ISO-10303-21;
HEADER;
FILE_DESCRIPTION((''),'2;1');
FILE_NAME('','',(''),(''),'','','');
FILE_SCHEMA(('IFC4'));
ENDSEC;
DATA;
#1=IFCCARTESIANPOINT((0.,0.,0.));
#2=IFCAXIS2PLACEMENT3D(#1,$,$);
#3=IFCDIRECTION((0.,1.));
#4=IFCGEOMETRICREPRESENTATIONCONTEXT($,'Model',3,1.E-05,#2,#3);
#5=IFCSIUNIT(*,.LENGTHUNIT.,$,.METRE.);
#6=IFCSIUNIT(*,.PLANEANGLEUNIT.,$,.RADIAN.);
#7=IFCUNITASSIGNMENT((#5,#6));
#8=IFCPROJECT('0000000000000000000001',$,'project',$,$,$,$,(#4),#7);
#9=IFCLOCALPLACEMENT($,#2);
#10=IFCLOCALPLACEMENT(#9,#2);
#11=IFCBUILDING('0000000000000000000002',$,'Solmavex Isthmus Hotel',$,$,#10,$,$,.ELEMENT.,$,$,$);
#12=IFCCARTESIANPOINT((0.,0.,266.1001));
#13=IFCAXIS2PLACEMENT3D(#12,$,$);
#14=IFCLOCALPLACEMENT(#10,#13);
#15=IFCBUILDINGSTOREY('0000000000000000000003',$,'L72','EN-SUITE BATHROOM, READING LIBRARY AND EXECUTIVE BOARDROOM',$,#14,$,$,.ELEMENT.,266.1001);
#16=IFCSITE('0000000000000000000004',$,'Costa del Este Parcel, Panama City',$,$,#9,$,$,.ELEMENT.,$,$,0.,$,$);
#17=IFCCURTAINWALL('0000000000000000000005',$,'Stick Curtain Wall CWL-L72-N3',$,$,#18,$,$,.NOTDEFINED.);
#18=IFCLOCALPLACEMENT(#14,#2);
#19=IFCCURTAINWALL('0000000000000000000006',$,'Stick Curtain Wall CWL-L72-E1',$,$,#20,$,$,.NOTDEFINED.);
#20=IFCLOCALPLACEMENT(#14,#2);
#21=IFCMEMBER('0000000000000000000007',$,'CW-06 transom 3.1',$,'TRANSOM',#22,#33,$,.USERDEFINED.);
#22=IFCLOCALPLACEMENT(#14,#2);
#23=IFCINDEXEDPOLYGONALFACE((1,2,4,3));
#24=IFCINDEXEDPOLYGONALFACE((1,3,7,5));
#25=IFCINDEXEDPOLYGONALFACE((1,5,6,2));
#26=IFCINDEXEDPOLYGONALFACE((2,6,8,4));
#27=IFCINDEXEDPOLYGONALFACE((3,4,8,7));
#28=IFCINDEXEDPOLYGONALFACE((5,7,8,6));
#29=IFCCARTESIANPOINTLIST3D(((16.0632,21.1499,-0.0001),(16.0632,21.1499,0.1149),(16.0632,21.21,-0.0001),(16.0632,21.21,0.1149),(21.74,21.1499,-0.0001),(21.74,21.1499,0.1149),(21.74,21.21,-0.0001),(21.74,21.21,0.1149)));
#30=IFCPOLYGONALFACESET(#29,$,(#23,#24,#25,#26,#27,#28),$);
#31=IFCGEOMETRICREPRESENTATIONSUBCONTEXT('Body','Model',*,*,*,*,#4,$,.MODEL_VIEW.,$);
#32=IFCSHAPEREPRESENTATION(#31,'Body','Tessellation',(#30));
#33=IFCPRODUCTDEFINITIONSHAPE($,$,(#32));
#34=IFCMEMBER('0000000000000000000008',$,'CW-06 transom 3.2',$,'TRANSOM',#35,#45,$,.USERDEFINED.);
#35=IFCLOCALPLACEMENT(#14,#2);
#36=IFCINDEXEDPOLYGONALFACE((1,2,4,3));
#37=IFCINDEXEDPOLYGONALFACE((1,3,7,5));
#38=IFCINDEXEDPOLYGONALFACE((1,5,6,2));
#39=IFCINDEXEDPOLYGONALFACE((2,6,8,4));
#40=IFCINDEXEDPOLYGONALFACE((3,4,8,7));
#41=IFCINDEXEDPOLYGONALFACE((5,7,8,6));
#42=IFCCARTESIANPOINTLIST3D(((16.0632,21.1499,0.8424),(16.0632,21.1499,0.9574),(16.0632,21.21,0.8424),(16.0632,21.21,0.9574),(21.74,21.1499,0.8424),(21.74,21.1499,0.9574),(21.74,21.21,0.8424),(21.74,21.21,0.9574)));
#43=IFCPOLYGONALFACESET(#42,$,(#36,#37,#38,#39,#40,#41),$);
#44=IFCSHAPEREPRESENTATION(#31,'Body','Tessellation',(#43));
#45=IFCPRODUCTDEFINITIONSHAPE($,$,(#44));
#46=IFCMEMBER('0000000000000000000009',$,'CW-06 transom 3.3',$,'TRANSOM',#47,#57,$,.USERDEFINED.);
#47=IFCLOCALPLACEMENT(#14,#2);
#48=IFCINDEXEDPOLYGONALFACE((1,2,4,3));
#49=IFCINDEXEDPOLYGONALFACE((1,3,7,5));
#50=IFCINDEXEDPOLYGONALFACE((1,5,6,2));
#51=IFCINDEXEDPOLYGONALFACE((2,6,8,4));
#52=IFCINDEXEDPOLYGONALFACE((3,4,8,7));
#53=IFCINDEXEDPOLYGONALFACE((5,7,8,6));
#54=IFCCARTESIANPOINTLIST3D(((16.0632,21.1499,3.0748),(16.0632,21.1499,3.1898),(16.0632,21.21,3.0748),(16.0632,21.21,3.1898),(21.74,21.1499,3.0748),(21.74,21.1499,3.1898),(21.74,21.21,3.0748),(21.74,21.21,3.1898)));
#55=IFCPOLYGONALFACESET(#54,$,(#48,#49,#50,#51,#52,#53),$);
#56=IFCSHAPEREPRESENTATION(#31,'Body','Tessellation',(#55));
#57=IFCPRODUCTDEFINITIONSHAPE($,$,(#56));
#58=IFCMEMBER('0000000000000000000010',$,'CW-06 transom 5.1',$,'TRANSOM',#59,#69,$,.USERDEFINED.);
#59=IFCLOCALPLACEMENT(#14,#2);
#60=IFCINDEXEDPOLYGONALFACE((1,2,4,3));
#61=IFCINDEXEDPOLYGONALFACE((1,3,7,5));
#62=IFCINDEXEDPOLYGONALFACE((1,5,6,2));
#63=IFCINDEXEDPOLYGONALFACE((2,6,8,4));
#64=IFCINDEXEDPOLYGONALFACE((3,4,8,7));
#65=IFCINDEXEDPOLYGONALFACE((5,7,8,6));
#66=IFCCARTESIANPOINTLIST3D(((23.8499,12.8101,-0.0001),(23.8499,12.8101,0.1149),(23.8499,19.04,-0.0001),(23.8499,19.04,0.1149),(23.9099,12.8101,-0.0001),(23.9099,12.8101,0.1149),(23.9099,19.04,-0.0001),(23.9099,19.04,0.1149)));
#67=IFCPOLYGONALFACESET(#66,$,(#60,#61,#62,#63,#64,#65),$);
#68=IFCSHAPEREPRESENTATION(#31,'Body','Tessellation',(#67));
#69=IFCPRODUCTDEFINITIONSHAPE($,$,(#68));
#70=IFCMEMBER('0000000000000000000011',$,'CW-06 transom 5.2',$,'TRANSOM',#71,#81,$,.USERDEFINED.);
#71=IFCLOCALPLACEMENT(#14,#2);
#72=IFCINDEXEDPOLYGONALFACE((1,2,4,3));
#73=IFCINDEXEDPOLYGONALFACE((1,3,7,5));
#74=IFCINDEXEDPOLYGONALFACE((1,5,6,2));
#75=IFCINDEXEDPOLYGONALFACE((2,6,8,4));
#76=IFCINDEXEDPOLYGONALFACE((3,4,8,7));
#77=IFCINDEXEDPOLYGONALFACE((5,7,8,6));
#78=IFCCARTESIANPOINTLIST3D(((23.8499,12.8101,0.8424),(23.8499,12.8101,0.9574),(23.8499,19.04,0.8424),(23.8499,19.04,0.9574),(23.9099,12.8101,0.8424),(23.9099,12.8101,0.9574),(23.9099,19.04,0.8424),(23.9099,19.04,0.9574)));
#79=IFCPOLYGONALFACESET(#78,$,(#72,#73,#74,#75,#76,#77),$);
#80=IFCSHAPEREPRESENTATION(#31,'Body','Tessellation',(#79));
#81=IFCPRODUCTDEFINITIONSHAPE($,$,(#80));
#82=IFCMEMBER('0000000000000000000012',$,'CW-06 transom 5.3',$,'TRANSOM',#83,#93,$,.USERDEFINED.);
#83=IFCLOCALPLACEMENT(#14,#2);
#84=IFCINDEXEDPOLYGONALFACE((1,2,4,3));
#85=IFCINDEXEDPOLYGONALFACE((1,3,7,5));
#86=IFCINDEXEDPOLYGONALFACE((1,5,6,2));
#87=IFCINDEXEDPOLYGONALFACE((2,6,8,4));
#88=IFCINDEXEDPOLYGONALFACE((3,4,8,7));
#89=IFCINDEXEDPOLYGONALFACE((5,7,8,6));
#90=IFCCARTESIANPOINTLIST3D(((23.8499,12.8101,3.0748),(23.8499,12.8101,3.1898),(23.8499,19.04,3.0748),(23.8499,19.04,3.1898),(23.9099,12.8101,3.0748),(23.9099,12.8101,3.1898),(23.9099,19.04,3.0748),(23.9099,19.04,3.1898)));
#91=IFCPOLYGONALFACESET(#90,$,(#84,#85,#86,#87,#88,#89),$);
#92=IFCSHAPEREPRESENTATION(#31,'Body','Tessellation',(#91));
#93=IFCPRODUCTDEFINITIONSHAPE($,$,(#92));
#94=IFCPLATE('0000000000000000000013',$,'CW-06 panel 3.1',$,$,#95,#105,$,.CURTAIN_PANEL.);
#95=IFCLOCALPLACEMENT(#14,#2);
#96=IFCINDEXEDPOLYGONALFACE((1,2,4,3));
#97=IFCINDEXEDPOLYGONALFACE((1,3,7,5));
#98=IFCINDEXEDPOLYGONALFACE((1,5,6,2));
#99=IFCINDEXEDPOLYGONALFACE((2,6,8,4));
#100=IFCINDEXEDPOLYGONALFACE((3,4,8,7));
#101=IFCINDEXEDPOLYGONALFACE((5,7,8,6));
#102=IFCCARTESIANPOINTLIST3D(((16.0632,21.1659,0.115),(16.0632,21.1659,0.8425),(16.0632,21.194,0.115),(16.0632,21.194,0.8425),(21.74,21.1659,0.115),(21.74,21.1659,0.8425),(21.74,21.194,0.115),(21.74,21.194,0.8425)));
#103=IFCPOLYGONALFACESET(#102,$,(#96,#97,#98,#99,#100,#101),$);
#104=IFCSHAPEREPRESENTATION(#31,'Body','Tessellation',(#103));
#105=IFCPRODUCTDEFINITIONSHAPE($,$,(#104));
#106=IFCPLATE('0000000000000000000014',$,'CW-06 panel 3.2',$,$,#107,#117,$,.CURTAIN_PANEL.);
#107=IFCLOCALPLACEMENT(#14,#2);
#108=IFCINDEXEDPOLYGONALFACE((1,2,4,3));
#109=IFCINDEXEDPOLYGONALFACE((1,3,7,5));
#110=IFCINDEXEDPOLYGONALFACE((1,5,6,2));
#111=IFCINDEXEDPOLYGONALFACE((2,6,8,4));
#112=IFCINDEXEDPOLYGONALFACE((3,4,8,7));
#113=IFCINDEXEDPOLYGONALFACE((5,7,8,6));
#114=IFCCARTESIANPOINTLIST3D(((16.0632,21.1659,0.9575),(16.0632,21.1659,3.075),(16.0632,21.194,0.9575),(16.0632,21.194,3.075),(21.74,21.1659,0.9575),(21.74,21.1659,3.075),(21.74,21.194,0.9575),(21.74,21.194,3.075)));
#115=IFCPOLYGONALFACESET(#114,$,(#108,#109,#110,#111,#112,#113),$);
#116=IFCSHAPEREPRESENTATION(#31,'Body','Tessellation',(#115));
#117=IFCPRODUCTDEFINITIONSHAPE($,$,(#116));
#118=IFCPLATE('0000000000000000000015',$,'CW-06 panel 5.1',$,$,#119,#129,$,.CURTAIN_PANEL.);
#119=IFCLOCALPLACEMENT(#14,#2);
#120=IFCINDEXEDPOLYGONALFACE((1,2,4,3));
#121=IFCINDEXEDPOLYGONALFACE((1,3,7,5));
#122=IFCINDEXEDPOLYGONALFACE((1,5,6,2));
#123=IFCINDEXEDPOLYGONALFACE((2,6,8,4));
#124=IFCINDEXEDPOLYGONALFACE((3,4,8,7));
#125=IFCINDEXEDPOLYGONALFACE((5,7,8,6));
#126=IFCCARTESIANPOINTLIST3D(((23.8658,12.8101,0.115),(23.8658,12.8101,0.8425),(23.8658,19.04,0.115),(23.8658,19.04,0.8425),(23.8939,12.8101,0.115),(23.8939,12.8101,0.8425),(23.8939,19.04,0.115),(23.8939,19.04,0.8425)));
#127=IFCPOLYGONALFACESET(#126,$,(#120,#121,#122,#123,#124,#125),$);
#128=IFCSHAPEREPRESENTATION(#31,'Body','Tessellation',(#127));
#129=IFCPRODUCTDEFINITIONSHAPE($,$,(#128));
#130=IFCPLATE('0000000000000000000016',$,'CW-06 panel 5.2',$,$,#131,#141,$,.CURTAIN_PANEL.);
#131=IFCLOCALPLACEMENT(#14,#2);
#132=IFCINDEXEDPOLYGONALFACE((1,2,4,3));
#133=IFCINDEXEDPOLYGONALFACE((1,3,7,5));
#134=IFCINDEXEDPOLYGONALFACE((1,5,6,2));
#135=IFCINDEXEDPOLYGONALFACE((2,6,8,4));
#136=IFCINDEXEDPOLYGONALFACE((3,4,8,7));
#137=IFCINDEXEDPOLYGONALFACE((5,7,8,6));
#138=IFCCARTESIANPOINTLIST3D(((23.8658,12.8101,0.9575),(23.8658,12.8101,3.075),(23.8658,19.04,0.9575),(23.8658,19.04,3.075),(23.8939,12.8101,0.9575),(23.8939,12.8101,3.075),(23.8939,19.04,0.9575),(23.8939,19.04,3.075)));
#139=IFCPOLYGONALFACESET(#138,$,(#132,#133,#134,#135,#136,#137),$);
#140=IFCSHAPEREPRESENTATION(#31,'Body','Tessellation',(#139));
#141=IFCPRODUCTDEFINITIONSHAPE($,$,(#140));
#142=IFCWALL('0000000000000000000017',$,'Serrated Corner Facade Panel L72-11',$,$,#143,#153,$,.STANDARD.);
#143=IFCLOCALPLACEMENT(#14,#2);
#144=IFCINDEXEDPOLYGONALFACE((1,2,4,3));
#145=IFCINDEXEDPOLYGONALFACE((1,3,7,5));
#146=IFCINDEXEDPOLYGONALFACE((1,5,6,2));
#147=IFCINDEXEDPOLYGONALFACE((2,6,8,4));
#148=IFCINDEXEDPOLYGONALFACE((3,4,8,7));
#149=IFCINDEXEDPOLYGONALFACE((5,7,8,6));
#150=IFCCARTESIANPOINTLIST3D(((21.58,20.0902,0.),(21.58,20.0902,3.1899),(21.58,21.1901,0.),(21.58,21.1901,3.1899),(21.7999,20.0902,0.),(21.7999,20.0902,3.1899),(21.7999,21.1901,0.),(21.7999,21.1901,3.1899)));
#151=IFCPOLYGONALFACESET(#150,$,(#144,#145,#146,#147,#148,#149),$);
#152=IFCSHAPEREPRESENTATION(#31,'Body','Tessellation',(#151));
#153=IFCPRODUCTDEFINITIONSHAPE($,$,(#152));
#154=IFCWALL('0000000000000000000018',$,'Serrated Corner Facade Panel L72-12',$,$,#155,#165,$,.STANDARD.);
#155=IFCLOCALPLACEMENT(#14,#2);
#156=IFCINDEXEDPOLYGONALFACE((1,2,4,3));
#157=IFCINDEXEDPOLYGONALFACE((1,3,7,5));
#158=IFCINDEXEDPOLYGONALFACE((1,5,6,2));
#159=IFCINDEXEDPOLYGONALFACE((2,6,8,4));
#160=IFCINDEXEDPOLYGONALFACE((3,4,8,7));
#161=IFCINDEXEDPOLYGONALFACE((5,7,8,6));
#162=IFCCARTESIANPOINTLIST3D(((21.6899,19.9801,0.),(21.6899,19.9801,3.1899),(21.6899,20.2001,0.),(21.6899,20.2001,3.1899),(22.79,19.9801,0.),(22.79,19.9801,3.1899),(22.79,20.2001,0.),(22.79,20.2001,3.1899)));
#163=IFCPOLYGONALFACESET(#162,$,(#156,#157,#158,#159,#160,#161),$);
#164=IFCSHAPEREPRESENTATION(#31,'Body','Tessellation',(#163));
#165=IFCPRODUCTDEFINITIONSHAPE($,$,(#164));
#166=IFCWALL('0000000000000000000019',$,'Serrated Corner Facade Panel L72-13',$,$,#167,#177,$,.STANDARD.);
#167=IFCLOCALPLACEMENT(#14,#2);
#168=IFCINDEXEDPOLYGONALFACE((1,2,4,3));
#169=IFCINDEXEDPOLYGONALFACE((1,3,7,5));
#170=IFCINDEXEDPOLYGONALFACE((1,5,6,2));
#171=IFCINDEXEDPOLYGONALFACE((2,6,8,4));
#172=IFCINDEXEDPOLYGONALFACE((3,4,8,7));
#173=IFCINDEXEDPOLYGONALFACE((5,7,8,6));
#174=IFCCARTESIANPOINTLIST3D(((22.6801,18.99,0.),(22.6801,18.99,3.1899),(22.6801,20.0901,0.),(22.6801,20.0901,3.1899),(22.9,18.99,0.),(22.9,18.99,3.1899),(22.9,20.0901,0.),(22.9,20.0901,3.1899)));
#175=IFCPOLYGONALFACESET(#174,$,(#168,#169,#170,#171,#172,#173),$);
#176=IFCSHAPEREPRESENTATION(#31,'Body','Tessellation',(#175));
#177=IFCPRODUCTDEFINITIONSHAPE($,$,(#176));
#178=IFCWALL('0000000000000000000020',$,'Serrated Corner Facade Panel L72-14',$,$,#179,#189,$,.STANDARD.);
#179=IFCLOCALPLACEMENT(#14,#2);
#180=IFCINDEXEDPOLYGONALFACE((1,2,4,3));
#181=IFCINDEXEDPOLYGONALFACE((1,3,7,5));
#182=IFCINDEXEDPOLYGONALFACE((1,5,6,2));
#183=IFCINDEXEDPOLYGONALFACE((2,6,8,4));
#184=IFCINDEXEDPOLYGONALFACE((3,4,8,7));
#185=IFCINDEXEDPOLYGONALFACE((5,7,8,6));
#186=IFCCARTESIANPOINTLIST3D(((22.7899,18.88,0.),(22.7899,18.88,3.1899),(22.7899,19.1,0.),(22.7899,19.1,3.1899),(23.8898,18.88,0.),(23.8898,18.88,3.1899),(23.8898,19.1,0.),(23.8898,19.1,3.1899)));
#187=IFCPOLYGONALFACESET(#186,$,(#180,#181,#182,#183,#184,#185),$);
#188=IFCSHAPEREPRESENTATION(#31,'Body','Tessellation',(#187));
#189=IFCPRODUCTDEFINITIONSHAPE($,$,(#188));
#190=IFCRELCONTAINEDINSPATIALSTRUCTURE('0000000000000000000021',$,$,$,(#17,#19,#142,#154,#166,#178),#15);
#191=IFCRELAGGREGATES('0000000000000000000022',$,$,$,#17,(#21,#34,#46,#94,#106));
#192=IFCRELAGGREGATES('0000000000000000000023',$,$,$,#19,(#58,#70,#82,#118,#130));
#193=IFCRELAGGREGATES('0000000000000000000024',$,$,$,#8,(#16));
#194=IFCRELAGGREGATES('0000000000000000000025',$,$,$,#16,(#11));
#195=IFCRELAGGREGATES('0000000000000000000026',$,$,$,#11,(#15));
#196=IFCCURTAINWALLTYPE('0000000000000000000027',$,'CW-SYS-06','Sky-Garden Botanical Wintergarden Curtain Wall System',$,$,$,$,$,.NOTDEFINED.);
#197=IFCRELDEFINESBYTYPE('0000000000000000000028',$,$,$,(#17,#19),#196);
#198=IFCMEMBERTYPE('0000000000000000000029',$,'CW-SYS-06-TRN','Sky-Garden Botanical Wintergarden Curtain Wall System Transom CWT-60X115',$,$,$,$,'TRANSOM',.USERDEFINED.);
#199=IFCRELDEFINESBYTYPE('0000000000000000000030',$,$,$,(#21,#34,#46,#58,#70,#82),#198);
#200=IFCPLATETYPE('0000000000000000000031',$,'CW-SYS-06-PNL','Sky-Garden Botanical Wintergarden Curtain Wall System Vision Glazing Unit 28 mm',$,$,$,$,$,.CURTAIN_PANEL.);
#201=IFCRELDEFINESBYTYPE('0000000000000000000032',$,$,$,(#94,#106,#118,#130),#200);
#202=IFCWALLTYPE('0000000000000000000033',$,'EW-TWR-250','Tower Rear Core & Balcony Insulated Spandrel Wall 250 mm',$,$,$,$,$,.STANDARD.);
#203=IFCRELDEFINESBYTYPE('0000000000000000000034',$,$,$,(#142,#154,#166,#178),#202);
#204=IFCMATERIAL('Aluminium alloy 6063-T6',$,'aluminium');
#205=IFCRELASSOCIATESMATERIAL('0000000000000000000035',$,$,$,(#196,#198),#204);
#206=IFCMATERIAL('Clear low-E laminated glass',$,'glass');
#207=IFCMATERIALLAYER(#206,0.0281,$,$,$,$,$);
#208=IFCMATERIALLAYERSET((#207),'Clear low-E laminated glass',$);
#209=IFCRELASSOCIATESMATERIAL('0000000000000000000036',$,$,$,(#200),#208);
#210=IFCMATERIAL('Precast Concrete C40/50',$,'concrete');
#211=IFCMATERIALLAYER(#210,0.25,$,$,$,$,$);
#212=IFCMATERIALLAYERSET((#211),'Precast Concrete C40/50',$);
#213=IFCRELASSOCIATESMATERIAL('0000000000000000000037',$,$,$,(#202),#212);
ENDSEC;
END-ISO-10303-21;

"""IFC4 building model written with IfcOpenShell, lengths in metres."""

from ifc_helpers import new_model, si_unit, direction, frame, frame_2d, origin, origin_2d, place, context, subcontext, project, spatial, rectangle, extrude, material, layer, layer_set, material_profile, profile_set, type_object, element, aggregate, save


model = new_model("IFC4")

# Units and contexts
model_context = context("Model", 3, precision=1e-05, world=origin(), true_north=direction((0.0, 1.0)))
body_context = subcontext(model_context, "Body", "Model", "MODEL_VIEW")
ifc_project = project(units=[si_unit("LENGTHUNIT", "METRE"), si_unit("PLANEANGLEUNIT", "RADIAN")], contexts=[model_context])

# Site, building, storey
site_placement = place(None, origin())
site = spatial("IfcSite", under=ifc_project, at=site_placement, Name="Costa del Este Parcel, Panama City", CompositionType="ELEMENT", RefElevation=0.0)
building_placement = place(site_placement, origin())
building = spatial("IfcBuilding", under=site, at=building_placement, Name="Solmavex Isthmus Hotel", CompositionType="ELEMENT")
storey_placement = place(building_placement, frame((0.0, 0.0, 266.1001)))
storey = spatial("IfcBuildingStorey", under=building, at=storey_placement, Name="L72", Description="EN-SUITE BATHROOM, READING LIBRARY AND EXECUTIVE BOARDROOM", CompositionType="ELEMENT", Elevation=266.1001)

# Curtain wall
ifc_material_1 = material(Name="Aluminium alloy 6063-T6", Category="aluminium")
curtain_wall_type = type_object("IfcCurtainWallType", Name="CW-SYS-06", Description="Sky-Garden Botanical Wintergarden Curtain Wall System", PredefinedType="NOTDEFINED", material=ifc_material_1)
curtain_wall_1_placement = place(storey_placement, origin())
curtain_wall_1 = element("IfcCurtainWall", 1, at=curtain_wall_1_placement, inside=storey, type_object=curtain_wall_type, Name="Stick Curtain Wall CWL-L72-N3", PredefinedType="NOTDEFINED")

# Curtain wall
curtain_wall_2_placement = place(storey_placement, origin())
curtain_wall_2 = element("IfcCurtainWall", 2, at=curtain_wall_2_placement, inside=storey, type_object=curtain_wall_type, Name="Stick Curtain Wall CWL-L72-E1", PredefinedType="NOTDEFINED")

# Members
ifc_material_profile_1 = material_profile(ifc_material_1, rectangle(XDim=0.0601, YDim=0.115, at=origin_2d()), Name="CWT-60X115")
ifc_profile_set_1 = profile_set([ifc_material_profile_1], Name="Aluminium alloy 6063-T6")
member_type_1 = type_object("IfcMemberType", Name="CW-SYS-06-TRN", Description="Sky-Garden Botanical Wintergarden Curtain Wall System Transom CWT-60X115", ElementType="TRANSOM", PredefinedType="USERDEFINED", material=ifc_profile_set_1)
member_1_placement = place(storey_placement, frame((16.0632, 21.1799, 0.0574), z_axis=(1.0, 0.0, 0.0), x_axis=(0.0, 1.0, 0.0)))
member_1 = element("IfcMember", 3, at=member_1_placement, type_object=member_type_1, Name="CW-06 transom 3.1", ObjectType="TRANSOM", PredefinedType="USERDEFINED", context=body_context, shape_type="SweptSolid", body=[
    extrude(rectangle(XDim=0.0601, YDim=0.115, at=origin_2d()), origin(), (0.0, 0.0, 1.0), 5.6768),
])
member_2_placement = place(storey_placement, frame((16.0632, 21.1799, 0.8999), z_axis=(1.0, 0.0, 0.0), x_axis=(0.0, 1.0, 0.0)))
member_2 = element("IfcMember", 4, at=member_2_placement, type_object=member_type_1, Name="CW-06 transom 3.2", ObjectType="TRANSOM", PredefinedType="USERDEFINED", context=body_context, shape_type="SweptSolid", body=[
    extrude(rectangle(XDim=0.0601, YDim=0.115, at=origin_2d()), origin(), (0.0, 0.0, 1.0), 5.6768),
])
member_3_placement = place(storey_placement, frame((16.0632, 21.1799, 3.1323), z_axis=(1.0, 0.0, 0.0), x_axis=(0.0, 1.0, 0.0)))
member_3 = element("IfcMember", 5, at=member_3_placement, type_object=member_type_1, Name="CW-06 transom 3.3", ObjectType="TRANSOM", PredefinedType="USERDEFINED", context=body_context, shape_type="SweptSolid", body=[
    extrude(rectangle(XDim=0.0601, YDim=0.115, at=origin_2d()), origin(), (0.0, 0.0, 1.0), 5.6768),
])
member_4_placement = place(storey_placement, frame((23.8799, 12.8101, 0.0574), z_axis=(0.0, 1.0, 0.0), x_axis=(-1.0, 0.0, 0.0)))
member_4 = element("IfcMember", 6, at=member_4_placement, type_object=member_type_1, Name="CW-06 transom 5.1", ObjectType="TRANSOM", PredefinedType="USERDEFINED", context=body_context, shape_type="SweptSolid", body=[
    extrude(rectangle(XDim=0.0601, YDim=0.115, at=origin_2d()), origin(), (0.0, 0.0, 1.0), 6.23),
])
member_5_placement = place(storey_placement, frame((23.8799, 12.8101, 0.8999), z_axis=(0.0, 1.0, 0.0), x_axis=(-1.0, 0.0, 0.0)))
member_5 = element("IfcMember", 7, at=member_5_placement, type_object=member_type_1, Name="CW-06 transom 5.2", ObjectType="TRANSOM", PredefinedType="USERDEFINED", context=body_context, shape_type="SweptSolid", body=[
    extrude(rectangle(XDim=0.0601, YDim=0.115, at=origin_2d()), origin(), (0.0, 0.0, 1.0), 6.23),
])
member_6_placement = place(storey_placement, frame((23.8799, 12.8101, 3.1323), z_axis=(0.0, 1.0, 0.0), x_axis=(-1.0, 0.0, 0.0)))
member_6 = element("IfcMember", 8, at=member_6_placement, type_object=member_type_1, Name="CW-06 transom 5.3", ObjectType="TRANSOM", PredefinedType="USERDEFINED", context=body_context, shape_type="SweptSolid", body=[
    extrude(rectangle(XDim=0.0601, YDim=0.115, at=origin_2d()), origin(), (0.0, 0.0, 1.0), 6.23),
])

# Plates
ifc_material_2 = material(Name="Clear low-E laminated glass", Category="glass")
ifc_layer_1 = layer(ifc_material_2, 0.0281)
ifc_layer_set_1 = layer_set([ifc_layer_1], Name="Clear low-E laminated glass")
plate_type = type_object("IfcPlateType", Name="CW-SYS-06-PNL", Description="Sky-Garden Botanical Wintergarden Curtain Wall System Vision Glazing Unit 28 mm", PredefinedType="CURTAIN_PANEL", material=ifc_layer_set_1)
plate_1_placement = place(storey_placement, frame((18.9016, 21.1799, 0.115), z_axis=(0.0, 0.0, 1.0), x_axis=(1.0, 0.0, 0.0)))
plate_1 = element("IfcPlate", 9, at=plate_1_placement, type_object=plate_type, Name="CW-06 panel 3.1", PredefinedType="CURTAIN_PANEL", context=body_context, shape_type="SweptSolid", body=[
    extrude(rectangle(XDim=5.6768, YDim=0.0281, at=origin_2d()), origin(), (0.0, 0.0, 1.0), 0.7275),
])
plate_2_placement = place(storey_placement, frame((18.9016, 21.1799, 0.9575), z_axis=(0.0, 0.0, 1.0), x_axis=(1.0, 0.0, 0.0)))
plate_2 = element("IfcPlate", 10, at=plate_2_placement, type_object=plate_type, Name="CW-06 panel 3.2", PredefinedType="CURTAIN_PANEL", context=body_context, shape_type="SweptSolid", body=[
    extrude(rectangle(XDim=5.6768, YDim=0.0281, at=origin_2d()), origin(), (0.0, 0.0, 1.0), 2.1174),
])
aggregate(curtain_wall_1, [member_1, member_2, member_3, plate_1, plate_2])
plate_3_placement = place(storey_placement, frame((23.8799, 15.925, 0.115), z_axis=(0.0, 0.0, 1.0), x_axis=(0.0, 1.0, 0.0)))
plate_3 = element("IfcPlate", 11, at=plate_3_placement, type_object=plate_type, Name="CW-06 panel 5.1", PredefinedType="CURTAIN_PANEL", context=body_context, shape_type="SweptSolid", body=[
    extrude(rectangle(XDim=6.23, YDim=0.0281, at=origin_2d()), origin(), (0.0, 0.0, 1.0), 0.7275),
])
plate_4_placement = place(storey_placement, frame((23.8799, 15.925, 0.9575), z_axis=(0.0, 0.0, 1.0), x_axis=(0.0, 1.0, 0.0)))
plate_4 = element("IfcPlate", 12, at=plate_4_placement, type_object=plate_type, Name="CW-06 panel 5.2", PredefinedType="CURTAIN_PANEL", context=body_context, shape_type="SweptSolid", body=[
    extrude(rectangle(XDim=6.23, YDim=0.0281, at=origin_2d()), origin(), (0.0, 0.0, 1.0), 2.1174),
])
aggregate(curtain_wall_2, [member_4, member_5, member_6, plate_3, plate_4])

# Walls
ifc_material_3 = material(Name="Precast Concrete C40/50", Category="concrete")
ifc_layer_2 = layer(ifc_material_3, 0.25)
ifc_layer_set_2 = layer_set([ifc_layer_2], Name="Precast Concrete C40/50")
wall_type_1 = type_object("IfcWallType", Name="EW-TWR-250", Description="Tower Rear Core & Balcony Insulated Spandrel Wall 250 mm", PredefinedType="STANDARD", material=ifc_layer_set_2)
wall_1_placement = place(storey_placement, frame((21.6899, 21.1899, 0.0), z_axis=(0.0, 0.0, 1.0), x_axis=(0.0, -1.0, 0.0)))
element("IfcWall", 13, at=wall_1_placement, inside=storey, type_object=wall_type_1, Name="Serrated Corner Facade Panel L72-11", PredefinedType="STANDARD", context=body_context, shape_type="SweptSolid", body=[
    extrude(rectangle(XDim=1.0999, YDim=0.22, at=frame_2d((0.5498, 0.0))), origin(), (0.0, 0.0, 1.0), 3.1899),
])
for number, where, z_axis, x_axis, name in (
    (14, (21.6899, 20.0901, 0.0), (0.0, 0.0, 1.0), (1.0, 0.0, 0.0), "Serrated Corner Facade Panel L72-12"),
    (15, (22.79, 20.0901, 0.0), (0.0, 0.0, 1.0), (0.0, -1.0, 0.0), "Serrated Corner Facade Panel L72-13"),
):
    element("IfcWall", number, at=place(storey_placement, frame(where, z_axis=z_axis, x_axis=x_axis)), inside=storey, type_object=wall_type_1, Name=name, PredefinedType="STANDARD", context=body_context, shape_type="SweptSolid", body=[
        extrude(rectangle(XDim=1.1001, YDim=0.22, at=frame_2d((0.55, 0.0))), origin(), (0.0, 0.0, 1.0), 3.1899),
    ])
wall_2_placement = place(storey_placement, frame((22.79, 18.99, 0.0), z_axis=(0.0, 0.0, 1.0), x_axis=(1.0, 0.0, 0.0)))
element("IfcWall", 16, at=wall_2_placement, inside=storey, type_object=wall_type_1, Name="Serrated Corner Facade Panel L72-14", PredefinedType="STANDARD", context=body_context, shape_type="SweptSolid", body=[
    extrude(rectangle(XDim=1.0999, YDim=0.22, at=frame_2d((0.5498, 0.0))), origin(), (0.0, 0.0, 1.0), 3.1899),
])

save(model, "model.ifc")
